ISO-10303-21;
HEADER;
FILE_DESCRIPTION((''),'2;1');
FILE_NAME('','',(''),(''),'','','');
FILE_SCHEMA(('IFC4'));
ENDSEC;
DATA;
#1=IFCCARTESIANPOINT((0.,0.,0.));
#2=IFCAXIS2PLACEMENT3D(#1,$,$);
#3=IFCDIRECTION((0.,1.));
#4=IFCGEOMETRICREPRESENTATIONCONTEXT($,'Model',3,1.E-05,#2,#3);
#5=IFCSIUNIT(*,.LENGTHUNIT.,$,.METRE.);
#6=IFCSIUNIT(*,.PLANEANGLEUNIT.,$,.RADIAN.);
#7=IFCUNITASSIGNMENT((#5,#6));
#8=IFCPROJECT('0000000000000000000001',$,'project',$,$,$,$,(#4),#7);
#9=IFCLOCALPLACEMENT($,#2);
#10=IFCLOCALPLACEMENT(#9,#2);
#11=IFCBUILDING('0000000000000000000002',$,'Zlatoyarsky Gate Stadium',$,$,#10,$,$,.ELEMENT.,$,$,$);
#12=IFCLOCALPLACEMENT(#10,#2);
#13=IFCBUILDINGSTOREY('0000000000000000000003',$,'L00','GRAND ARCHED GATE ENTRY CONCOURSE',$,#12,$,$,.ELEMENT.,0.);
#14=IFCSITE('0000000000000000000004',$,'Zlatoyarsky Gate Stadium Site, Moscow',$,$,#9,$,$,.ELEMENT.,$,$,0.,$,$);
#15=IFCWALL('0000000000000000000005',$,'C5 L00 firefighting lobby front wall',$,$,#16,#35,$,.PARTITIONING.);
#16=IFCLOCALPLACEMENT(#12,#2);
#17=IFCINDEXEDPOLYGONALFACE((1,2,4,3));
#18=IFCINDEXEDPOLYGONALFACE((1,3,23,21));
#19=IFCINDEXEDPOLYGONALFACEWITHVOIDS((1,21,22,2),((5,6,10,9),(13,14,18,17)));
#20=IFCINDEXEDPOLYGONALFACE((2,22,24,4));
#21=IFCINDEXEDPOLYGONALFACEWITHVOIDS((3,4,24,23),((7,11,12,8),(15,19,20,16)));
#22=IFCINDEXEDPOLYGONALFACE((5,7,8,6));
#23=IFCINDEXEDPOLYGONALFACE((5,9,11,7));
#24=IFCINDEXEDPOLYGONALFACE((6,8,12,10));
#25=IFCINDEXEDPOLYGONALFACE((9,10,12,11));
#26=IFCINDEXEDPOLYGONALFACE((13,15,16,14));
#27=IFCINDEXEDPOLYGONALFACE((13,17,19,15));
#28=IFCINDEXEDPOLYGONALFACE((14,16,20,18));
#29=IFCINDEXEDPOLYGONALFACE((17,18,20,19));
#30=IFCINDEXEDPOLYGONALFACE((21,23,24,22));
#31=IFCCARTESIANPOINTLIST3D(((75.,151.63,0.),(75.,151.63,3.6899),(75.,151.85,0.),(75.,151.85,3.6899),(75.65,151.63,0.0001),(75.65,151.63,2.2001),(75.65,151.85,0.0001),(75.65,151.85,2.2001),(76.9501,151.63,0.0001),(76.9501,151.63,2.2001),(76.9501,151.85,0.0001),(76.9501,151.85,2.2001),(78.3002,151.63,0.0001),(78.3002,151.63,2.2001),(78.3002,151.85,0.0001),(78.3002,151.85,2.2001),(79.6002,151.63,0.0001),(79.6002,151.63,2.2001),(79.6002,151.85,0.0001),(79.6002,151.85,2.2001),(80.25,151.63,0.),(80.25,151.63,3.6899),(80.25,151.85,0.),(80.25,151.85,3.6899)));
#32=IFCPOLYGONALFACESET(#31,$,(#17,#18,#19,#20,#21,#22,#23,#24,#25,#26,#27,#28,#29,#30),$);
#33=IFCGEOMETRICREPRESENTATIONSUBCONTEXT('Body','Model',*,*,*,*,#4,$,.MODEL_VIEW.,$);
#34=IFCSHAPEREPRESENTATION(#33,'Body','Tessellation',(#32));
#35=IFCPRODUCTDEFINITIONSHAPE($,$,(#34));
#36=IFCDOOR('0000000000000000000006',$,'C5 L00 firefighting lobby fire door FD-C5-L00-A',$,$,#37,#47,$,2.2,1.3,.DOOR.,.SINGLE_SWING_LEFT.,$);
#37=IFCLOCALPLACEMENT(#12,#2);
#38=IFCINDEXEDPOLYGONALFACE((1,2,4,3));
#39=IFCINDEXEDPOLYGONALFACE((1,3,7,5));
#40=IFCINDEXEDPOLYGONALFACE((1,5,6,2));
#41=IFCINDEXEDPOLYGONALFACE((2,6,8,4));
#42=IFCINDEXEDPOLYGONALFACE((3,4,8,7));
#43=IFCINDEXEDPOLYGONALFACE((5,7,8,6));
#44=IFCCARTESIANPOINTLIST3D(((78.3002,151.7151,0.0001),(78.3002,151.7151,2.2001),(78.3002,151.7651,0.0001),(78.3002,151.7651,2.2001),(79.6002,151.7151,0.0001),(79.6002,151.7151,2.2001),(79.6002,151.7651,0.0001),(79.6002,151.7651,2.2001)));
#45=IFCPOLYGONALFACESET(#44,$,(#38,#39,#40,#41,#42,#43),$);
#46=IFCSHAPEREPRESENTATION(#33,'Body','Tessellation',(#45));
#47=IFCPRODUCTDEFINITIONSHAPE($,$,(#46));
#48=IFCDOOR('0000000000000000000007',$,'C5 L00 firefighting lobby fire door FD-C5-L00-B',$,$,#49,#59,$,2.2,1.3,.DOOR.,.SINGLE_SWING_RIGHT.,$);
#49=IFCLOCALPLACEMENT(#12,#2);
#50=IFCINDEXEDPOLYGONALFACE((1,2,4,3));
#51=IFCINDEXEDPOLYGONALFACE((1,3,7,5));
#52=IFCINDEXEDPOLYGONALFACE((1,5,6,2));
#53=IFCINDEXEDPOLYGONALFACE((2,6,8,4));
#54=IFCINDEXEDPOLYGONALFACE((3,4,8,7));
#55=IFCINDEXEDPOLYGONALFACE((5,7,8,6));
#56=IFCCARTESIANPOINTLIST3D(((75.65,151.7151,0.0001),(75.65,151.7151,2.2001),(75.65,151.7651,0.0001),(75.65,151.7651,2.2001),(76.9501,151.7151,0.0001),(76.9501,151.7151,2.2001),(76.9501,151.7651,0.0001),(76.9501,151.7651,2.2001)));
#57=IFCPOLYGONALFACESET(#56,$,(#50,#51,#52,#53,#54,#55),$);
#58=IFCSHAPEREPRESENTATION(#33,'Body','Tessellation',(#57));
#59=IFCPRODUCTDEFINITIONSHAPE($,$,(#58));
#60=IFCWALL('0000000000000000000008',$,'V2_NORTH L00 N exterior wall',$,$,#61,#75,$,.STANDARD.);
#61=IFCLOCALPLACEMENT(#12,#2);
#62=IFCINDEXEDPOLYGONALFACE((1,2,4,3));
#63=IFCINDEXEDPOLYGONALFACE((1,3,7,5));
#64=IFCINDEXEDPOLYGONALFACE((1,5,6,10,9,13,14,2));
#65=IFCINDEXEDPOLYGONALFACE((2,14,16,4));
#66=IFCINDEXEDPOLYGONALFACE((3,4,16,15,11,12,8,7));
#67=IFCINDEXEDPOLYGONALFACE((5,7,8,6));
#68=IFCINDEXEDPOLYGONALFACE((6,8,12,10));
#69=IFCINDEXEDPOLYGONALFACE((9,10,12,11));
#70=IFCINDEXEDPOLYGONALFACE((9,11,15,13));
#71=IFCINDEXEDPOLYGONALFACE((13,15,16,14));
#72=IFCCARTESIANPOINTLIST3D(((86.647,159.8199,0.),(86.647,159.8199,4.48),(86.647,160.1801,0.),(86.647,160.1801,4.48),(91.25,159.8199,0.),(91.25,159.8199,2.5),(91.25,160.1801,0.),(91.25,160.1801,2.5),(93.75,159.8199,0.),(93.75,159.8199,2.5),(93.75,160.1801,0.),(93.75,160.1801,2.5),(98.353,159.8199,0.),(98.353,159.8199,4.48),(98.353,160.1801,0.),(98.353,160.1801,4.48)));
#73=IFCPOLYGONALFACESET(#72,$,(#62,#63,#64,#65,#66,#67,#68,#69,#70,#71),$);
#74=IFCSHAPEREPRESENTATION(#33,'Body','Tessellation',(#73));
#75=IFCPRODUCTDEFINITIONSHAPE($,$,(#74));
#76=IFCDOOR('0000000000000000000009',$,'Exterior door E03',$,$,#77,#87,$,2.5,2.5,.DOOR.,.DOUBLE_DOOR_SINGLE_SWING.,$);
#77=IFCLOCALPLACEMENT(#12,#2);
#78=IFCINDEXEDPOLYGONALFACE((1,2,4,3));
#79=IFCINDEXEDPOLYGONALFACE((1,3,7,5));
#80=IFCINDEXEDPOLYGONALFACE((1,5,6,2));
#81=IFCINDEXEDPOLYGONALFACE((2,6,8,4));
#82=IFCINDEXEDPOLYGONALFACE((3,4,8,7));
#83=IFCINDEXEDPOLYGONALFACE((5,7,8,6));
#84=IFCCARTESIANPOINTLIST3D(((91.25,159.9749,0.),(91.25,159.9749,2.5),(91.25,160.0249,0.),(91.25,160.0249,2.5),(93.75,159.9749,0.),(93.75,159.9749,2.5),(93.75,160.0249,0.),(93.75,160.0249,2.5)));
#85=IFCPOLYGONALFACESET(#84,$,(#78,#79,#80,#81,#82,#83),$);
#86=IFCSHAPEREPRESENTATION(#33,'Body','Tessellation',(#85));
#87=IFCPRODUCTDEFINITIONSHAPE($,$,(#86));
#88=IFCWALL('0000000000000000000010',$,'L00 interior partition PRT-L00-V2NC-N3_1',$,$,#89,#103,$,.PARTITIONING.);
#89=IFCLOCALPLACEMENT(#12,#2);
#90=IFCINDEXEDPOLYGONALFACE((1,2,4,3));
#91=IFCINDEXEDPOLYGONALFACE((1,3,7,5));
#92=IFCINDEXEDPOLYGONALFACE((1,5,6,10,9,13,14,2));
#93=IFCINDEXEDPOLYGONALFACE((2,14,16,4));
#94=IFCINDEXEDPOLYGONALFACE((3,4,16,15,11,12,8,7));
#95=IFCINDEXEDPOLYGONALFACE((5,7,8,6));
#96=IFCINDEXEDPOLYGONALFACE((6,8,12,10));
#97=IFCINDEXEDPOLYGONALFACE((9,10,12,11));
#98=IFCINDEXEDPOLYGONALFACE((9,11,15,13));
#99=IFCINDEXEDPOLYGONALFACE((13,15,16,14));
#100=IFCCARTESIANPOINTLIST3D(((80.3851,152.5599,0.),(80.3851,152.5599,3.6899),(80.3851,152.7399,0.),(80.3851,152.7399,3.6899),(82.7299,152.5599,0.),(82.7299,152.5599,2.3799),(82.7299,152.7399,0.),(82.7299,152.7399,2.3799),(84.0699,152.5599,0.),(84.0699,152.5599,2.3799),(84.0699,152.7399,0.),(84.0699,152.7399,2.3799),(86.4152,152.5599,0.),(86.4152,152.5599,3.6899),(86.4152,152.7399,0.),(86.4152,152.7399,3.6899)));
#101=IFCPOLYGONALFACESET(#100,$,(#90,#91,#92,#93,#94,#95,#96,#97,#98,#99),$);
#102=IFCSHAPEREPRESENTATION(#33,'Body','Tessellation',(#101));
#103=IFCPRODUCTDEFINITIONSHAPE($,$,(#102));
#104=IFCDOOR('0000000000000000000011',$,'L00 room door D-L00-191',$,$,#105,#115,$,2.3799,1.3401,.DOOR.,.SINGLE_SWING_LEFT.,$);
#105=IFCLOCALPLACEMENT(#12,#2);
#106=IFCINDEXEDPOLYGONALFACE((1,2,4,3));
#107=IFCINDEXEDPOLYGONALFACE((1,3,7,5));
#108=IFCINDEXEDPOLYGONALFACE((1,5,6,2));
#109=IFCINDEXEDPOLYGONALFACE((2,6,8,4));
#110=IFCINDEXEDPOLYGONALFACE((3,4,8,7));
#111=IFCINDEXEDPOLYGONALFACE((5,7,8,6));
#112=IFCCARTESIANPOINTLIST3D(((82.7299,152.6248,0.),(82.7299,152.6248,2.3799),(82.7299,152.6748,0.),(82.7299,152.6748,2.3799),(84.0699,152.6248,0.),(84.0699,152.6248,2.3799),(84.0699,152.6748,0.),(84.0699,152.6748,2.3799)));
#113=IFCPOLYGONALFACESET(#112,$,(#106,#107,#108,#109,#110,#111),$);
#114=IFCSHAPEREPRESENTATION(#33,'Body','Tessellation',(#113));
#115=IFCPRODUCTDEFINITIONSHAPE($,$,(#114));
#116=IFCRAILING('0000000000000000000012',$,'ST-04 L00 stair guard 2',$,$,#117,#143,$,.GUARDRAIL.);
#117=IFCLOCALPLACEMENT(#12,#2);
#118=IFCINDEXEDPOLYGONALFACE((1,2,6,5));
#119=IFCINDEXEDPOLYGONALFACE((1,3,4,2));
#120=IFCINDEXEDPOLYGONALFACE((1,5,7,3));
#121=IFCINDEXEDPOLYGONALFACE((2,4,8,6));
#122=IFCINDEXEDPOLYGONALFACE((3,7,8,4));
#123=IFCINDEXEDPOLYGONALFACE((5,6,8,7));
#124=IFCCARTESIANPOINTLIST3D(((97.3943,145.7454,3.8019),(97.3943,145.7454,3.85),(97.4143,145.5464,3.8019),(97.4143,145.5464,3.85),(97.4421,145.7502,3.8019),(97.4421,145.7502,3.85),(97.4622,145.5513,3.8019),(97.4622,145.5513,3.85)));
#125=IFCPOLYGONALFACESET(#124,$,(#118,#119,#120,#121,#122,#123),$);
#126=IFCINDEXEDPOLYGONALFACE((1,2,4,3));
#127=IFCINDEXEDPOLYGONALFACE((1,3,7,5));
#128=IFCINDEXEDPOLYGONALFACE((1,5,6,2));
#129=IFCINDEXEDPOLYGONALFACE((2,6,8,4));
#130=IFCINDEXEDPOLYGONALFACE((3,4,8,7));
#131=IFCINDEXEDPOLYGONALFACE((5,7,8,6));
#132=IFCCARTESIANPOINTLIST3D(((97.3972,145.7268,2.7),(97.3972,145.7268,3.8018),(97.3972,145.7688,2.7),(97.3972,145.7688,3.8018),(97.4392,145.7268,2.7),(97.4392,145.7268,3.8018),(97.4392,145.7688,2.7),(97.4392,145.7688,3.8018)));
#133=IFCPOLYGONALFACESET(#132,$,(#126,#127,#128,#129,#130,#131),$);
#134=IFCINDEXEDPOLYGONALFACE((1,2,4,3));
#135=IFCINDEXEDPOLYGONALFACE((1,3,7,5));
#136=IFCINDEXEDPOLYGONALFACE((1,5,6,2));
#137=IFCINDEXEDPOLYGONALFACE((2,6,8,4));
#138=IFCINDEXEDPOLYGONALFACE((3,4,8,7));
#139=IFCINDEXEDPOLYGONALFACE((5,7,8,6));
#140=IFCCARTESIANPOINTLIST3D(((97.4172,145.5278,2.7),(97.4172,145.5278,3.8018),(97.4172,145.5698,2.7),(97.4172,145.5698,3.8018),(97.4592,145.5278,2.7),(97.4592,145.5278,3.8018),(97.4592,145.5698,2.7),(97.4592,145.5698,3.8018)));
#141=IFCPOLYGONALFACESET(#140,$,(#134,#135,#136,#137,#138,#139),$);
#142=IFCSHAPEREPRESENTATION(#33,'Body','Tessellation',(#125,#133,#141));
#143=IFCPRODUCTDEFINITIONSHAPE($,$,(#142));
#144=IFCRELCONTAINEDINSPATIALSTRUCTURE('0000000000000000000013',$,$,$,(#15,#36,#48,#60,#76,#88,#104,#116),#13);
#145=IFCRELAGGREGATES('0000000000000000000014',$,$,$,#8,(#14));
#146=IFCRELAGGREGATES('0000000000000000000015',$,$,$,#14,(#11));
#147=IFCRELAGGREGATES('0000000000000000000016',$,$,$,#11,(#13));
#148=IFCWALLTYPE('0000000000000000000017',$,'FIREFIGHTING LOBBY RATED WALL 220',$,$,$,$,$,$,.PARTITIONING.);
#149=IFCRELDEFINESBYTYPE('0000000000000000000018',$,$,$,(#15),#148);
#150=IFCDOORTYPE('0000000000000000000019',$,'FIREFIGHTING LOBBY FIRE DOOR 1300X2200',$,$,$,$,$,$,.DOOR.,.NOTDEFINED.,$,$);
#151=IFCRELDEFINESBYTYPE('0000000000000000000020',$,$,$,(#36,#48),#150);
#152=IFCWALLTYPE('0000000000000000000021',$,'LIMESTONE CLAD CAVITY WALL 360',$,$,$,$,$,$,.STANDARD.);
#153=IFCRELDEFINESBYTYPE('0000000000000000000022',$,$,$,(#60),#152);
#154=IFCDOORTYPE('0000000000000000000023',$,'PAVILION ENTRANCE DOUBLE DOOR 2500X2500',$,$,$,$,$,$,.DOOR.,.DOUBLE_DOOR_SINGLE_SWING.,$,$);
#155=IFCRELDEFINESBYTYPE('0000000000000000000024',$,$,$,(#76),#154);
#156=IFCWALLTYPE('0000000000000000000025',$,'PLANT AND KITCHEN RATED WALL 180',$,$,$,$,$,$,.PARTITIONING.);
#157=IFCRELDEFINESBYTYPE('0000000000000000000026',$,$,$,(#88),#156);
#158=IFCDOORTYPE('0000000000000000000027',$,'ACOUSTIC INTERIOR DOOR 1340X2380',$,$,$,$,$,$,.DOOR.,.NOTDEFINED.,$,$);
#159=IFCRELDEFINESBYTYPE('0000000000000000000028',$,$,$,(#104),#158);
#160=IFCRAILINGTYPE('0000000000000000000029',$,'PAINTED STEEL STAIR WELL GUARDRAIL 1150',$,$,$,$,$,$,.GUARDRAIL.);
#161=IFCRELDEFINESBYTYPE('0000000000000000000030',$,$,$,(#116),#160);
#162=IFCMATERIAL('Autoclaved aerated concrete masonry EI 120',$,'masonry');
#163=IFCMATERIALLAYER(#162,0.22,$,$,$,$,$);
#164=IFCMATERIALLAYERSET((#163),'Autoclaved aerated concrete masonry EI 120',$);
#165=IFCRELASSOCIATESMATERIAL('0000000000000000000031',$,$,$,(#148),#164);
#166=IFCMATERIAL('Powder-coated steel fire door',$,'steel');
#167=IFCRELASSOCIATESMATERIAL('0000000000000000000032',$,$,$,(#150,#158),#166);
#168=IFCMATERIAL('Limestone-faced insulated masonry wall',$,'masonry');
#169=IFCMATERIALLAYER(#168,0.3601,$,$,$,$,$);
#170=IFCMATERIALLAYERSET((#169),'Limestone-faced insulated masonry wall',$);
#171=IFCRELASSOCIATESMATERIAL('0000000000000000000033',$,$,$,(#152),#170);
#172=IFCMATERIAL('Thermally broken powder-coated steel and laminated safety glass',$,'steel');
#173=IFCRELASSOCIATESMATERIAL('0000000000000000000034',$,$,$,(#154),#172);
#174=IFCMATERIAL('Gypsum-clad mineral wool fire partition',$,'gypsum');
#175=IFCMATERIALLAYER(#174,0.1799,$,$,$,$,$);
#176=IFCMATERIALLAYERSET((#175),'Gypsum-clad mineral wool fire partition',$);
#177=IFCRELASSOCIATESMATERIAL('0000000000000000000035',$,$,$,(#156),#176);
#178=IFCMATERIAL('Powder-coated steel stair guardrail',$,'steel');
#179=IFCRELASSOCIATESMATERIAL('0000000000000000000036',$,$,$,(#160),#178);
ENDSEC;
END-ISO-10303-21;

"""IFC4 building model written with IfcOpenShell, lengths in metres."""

from ifc_helpers import new_model, si_unit, direction, frame, frame_2d, origin, origin_2d, place, context, subcontext, project, spatial, rectangle, extrude, material, layer, layer_set, type_object, element, fill, save


model = new_model("IFC4")

# Units and contexts
model_context = context("Model", 3, precision=1e-05, world=origin(), true_north=direction((0.0, 1.0)))
body_context = subcontext(model_context, "Body", "Model", "MODEL_VIEW")
ifc_project = project(units=[si_unit("LENGTHUNIT", "METRE"), si_unit("PLANEANGLEUNIT", "RADIAN")], contexts=[model_context])

# Site, building, storey
site_placement = place(None, origin())
site = spatial("IfcSite", under=ifc_project, at=site_placement, Name="Zlatoyarsky Gate Stadium Site, Moscow", CompositionType="ELEMENT", RefElevation=0.0)
building_placement = place(site_placement, origin())
building = spatial("IfcBuilding", under=site, at=building_placement, Name="Zlatoyarsky Gate Stadium", CompositionType="ELEMENT")
storey_placement = place(building_placement, origin())
storey = spatial("IfcBuildingStorey", under=building, at=storey_placement, Name="L00", Description="GRAND ARCHED GATE ENTRY CONCOURSE", CompositionType="ELEMENT", Elevation=0.0)

# Shared definitions
ifc_material_1 = material(Name="Gypsum-clad mineral wool fire partition", Category="gypsum")

# Shared definitions
ifc_material_2 = material(Name="Powder-coated steel fire door", Category="steel")

# Wall, openings, doors
ifc_material_3 = material(Name="Autoclaved aerated concrete masonry EI 120", Category="masonry")
ifc_layer_1 = layer(ifc_material_3, 0.22)
ifc_layer_set_1 = layer_set([ifc_layer_1], Name="Autoclaved aerated concrete masonry EI 120")
wall_type_1 = type_object("IfcWallType", Name="FIREFIGHTING LOBBY RATED WALL 220", PredefinedType="PARTITIONING", material=ifc_layer_set_1)
wall_1_placement = place(storey_placement, frame((80.25, 151.74, 0.0), z_axis=(0.0, 0.0, 1.0), x_axis=(-1.0, 0.0, 0.0)))
wall_1 = element("IfcWall", 1, at=wall_1_placement, inside=storey, type_object=wall_type_1, Name="C5 L00 firefighting lobby front wall", PredefinedType="PARTITIONING", context=body_context, shape_type="SweptSolid", body=[
    extrude(rectangle(XDim=5.25, YDim=0.22, at=frame_2d((2.625, 0.0))), origin(), (0.0, 0.0, 1.0), 3.6899),
])
opening_1_placement = place(wall_1_placement, frame((0.6499, 0.0, 0.0)))
opening_1 = element("IfcOpeningElement", 2, at=opening_1_placement, cuts=wall_1, PredefinedType="OPENING", context=body_context, shape_type="SweptSolid", body=[
    extrude(rectangle(XDim=1.3, YDim=2.2, at=frame_2d((0.6499, 1.1001))), frame((0.0, 0.1199, 0.0), z_axis=(0.0, -1.0, 0.0), x_axis=(1.0, 0.0, 0.0)), (0.0, 0.0, 1.0), 0.24),
])
opening_2_placement = place(wall_1_placement, frame((3.3, 0.0, 0.0)))
opening_2 = element("IfcOpeningElement", 3, at=opening_2_placement, cuts=wall_1, PredefinedType="OPENING", context=body_context, shape_type="SweptSolid", body=[
    extrude(rectangle(XDim=1.3, YDim=2.2, at=frame_2d((0.6499, 1.1001))), frame((0.0, 0.1199, 0.0), z_axis=(0.0, -1.0, 0.0), x_axis=(1.0, 0.0, 0.0)), (0.0, 0.0, 1.0), 0.24),
])
door_type_1 = type_object("IfcDoorType", Name="FIREFIGHTING LOBBY FIRE DOOR 1300X2200", OperationType="NOTDEFINED", PredefinedType="DOOR", material=ifc_material_2)
door_1_placement = place(opening_1_placement, origin())
door_1 = element("IfcDoor", 4, at=door_1_placement, inside=storey, type_object=door_type_1, Name="C5 L00 firefighting lobby fire door FD-C5-L00-A", OperationType="SINGLE_SWING_LEFT", OverallHeight=2.2, OverallWidth=1.3, PredefinedType="DOOR", context=body_context, shape_type="SweptSolid", body=[
    extrude(rectangle(XDim=1.3, YDim=2.2, at=frame_2d((0.6499, 1.1001))), frame((0.0, 0.0249, 0.0), z_axis=(0.0, -1.0, 0.0), x_axis=(1.0, 0.0, 0.0)), (0.0, 0.0, 1.0), 0.05),
])
fill(opening_1, door_1)
door_2_placement = place(opening_2_placement, origin())
door_2 = element("IfcDoor", 5, at=door_2_placement, inside=storey, type_object=door_type_1, Name="C5 L00 firefighting lobby fire door FD-C5-L00-B", OperationType="SINGLE_SWING_RIGHT", OverallHeight=2.2, OverallWidth=1.3, PredefinedType="DOOR", context=body_context, shape_type="SweptSolid", body=[
    extrude(rectangle(XDim=1.3, YDim=2.2, at=frame_2d((0.6499, 1.1001))), frame((0.0, 0.0249, 0.0), z_axis=(0.0, -1.0, 0.0), x_axis=(1.0, 0.0, 0.0)), (0.0, 0.0, 1.0), 0.05),
])
fill(opening_2, door_2)

# Walls, openings, doors
ifc_material_4 = material(Name="Limestone-faced insulated masonry wall", Category="masonry")
ifc_layer_2 = layer(ifc_material_4, 0.3601)
ifc_layer_set_2 = layer_set([ifc_layer_2], Name="Limestone-faced insulated masonry wall")
wall_type_2 = type_object("IfcWallType", Name="LIMESTONE CLAD CAVITY WALL 360", PredefinedType="STANDARD", material=ifc_layer_set_2)
wall_2_placement = place(storey_placement, frame((86.647, 160.0, 0.0), z_axis=(0.0, 0.0, 1.0), x_axis=(1.0, 0.0, 0.0)))
wall_2 = element("IfcWall", 6, at=wall_2_placement, inside=storey, type_object=wall_type_2, Name="V2_NORTH L00 N exterior wall", PredefinedType="STANDARD", context=body_context, shape_type="SweptSolid", body=[
    extrude(rectangle(XDim=11.7061, YDim=0.3601, at=frame_2d((5.853, 0.0))), origin(), (0.0, 0.0, 1.0), 4.48),
])
opening_3_placement = place(wall_2_placement, frame((4.603, 0.0, 0.0)))
opening_3 = element("IfcOpeningElement", 7, at=opening_3_placement, cuts=wall_2, PredefinedType="OPENING", context=body_context, shape_type="SweptSolid", body=[
    extrude(rectangle(XDim=2.5, YDim=2.5, at=frame_2d((1.25, 1.25))), frame((0.0, 0.1899, 0.0), z_axis=(0.0, -1.0, 0.0), x_axis=(1.0, 0.0, 0.0)), (0.0, 0.0, 1.0), 0.3801),
])
ifc_material_5 = material(Name="Thermally broken powder-coated steel and laminated safety glass", Category="steel")
door_type_2 = type_object("IfcDoorType", Name="PAVILION ENTRANCE DOUBLE DOOR 2500X2500", OperationType="DOUBLE_DOOR_SINGLE_SWING", PredefinedType="DOOR", material=ifc_material_5)
door_3_placement = place(opening_3_placement, origin())
door_3 = element("IfcDoor", 8, at=door_3_placement, inside=storey, type_object=door_type_2, Name="Exterior door E03", OperationType="DOUBLE_DOOR_SINGLE_SWING", OverallHeight=2.5, OverallWidth=2.5, PredefinedType="DOOR", context=body_context, shape_type="SweptSolid", body=[
    extrude(rectangle(XDim=2.5, YDim=2.5, at=frame_2d((1.25, 1.25))), frame((0.0, 0.0249, 0.0), z_axis=(0.0, -1.0, 0.0), x_axis=(1.0, 0.0, 0.0)), (0.0, 0.0, 1.0), 0.05),
])
fill(opening_3, door_3)
ifc_layer_3 = layer(ifc_material_1, 0.1799)
ifc_layer_set_3 = layer_set([ifc_layer_3], Name="Gypsum-clad mineral wool fire partition")
wall_type_3 = type_object("IfcWallType", Name="PLANT AND KITCHEN RATED WALL 180", PredefinedType="PARTITIONING", material=ifc_layer_set_3)
wall_3_placement = place(storey_placement, frame((80.385, 152.6499, 0.0), z_axis=(0.0, 0.0, 1.0), x_axis=(1.0, 0.0, 0.0)))
wall_3 = element("IfcWall", 9, at=wall_3_placement, inside=storey, type_object=wall_type_3, Name="L00 interior partition PRT-L00-V2NC-N3_1", PredefinedType="PARTITIONING", context=body_context, shape_type="SweptSolid", body=[
    extrude(rectangle(XDim=6.03, YDim=0.1799, at=frame_2d((3.0151, 0.0))), origin(), (0.0, 0.0, 1.0), 3.6899),
])
opening_4_placement = place(wall_3_placement, frame((2.345, 0.0, 0.0)))
opening_4 = element("IfcOpeningElement", 10, at=opening_4_placement, cuts=wall_3, PredefinedType="OPENING", context=body_context, shape_type="SweptSolid", body=[
    extrude(rectangle(XDim=1.3401, YDim=2.3799, at=frame_2d((0.6699, 1.1899))), frame((0.0, 0.0999, 0.0), z_axis=(0.0, -1.0, 0.0), x_axis=(1.0, 0.0, 0.0)), (0.0, 0.0, 1.0), 0.2),
])
door_type_3 = type_object("IfcDoorType", Name="ACOUSTIC INTERIOR DOOR 1340X2380", OperationType="NOTDEFINED", PredefinedType="DOOR", material=ifc_material_2)
door_4_placement = place(opening_4_placement, origin())
door_4 = element("IfcDoor", 11, at=door_4_placement, inside=storey, type_object=door_type_3, Name="L00 room door D-L00-191", OperationType="SINGLE_SWING_LEFT", OverallHeight=2.3799, OverallWidth=1.3401, PredefinedType="DOOR", context=body_context, shape_type="SweptSolid", body=[
    extrude(rectangle(XDim=1.3401, YDim=2.3799, at=frame_2d((0.6699, 1.1899))), frame((0.0, 0.0249, 0.0), z_axis=(0.0, -1.0, 0.0), x_axis=(1.0, 0.0, 0.0)), (0.0, 0.0, 1.0), 0.05),
])
fill(opening_4, door_4)

# Railing
ifc_material_6 = material(Name="Powder-coated steel stair guardrail", Category="steel")
railing_type = type_object("IfcRailingType", Name="PAINTED STEEL STAIR WELL GUARDRAIL 1150", PredefinedType="GUARDRAIL", material=ifc_material_6)
railing_placement = place(storey_placement, frame((97.4182, 145.7478, 2.7)))
element("IfcRailing", 12, at=railing_placement, inside=storey, type_object=railing_type, Name="ST-04 L00 stair guard 2", PredefinedType="GUARDRAIL", context=body_context, shape_type="SweptSolid", body=[
    extrude(rectangle(XDim=0.0481, YDim=0.0481, at=origin_2d()), frame((0.0, 0.0, 1.126), z_axis=(0.100108, -0.994977, 0.0), x_axis=(0.994977, 0.100108, 0.0)), (0.0, 0.0, 1.0), 0.2),
    extrude(rectangle(XDim=0.042, YDim=0.042, at=origin_2d()), origin(), (0.0, 0.0, 1.0), 1.1018),
    extrude(rectangle(XDim=0.042, YDim=0.042, at=origin_2d()), frame((0.02, -0.199, 0.0)), (0.0, 0.0, 1.0), 1.1018),
])

save(model, "model.ifc")
